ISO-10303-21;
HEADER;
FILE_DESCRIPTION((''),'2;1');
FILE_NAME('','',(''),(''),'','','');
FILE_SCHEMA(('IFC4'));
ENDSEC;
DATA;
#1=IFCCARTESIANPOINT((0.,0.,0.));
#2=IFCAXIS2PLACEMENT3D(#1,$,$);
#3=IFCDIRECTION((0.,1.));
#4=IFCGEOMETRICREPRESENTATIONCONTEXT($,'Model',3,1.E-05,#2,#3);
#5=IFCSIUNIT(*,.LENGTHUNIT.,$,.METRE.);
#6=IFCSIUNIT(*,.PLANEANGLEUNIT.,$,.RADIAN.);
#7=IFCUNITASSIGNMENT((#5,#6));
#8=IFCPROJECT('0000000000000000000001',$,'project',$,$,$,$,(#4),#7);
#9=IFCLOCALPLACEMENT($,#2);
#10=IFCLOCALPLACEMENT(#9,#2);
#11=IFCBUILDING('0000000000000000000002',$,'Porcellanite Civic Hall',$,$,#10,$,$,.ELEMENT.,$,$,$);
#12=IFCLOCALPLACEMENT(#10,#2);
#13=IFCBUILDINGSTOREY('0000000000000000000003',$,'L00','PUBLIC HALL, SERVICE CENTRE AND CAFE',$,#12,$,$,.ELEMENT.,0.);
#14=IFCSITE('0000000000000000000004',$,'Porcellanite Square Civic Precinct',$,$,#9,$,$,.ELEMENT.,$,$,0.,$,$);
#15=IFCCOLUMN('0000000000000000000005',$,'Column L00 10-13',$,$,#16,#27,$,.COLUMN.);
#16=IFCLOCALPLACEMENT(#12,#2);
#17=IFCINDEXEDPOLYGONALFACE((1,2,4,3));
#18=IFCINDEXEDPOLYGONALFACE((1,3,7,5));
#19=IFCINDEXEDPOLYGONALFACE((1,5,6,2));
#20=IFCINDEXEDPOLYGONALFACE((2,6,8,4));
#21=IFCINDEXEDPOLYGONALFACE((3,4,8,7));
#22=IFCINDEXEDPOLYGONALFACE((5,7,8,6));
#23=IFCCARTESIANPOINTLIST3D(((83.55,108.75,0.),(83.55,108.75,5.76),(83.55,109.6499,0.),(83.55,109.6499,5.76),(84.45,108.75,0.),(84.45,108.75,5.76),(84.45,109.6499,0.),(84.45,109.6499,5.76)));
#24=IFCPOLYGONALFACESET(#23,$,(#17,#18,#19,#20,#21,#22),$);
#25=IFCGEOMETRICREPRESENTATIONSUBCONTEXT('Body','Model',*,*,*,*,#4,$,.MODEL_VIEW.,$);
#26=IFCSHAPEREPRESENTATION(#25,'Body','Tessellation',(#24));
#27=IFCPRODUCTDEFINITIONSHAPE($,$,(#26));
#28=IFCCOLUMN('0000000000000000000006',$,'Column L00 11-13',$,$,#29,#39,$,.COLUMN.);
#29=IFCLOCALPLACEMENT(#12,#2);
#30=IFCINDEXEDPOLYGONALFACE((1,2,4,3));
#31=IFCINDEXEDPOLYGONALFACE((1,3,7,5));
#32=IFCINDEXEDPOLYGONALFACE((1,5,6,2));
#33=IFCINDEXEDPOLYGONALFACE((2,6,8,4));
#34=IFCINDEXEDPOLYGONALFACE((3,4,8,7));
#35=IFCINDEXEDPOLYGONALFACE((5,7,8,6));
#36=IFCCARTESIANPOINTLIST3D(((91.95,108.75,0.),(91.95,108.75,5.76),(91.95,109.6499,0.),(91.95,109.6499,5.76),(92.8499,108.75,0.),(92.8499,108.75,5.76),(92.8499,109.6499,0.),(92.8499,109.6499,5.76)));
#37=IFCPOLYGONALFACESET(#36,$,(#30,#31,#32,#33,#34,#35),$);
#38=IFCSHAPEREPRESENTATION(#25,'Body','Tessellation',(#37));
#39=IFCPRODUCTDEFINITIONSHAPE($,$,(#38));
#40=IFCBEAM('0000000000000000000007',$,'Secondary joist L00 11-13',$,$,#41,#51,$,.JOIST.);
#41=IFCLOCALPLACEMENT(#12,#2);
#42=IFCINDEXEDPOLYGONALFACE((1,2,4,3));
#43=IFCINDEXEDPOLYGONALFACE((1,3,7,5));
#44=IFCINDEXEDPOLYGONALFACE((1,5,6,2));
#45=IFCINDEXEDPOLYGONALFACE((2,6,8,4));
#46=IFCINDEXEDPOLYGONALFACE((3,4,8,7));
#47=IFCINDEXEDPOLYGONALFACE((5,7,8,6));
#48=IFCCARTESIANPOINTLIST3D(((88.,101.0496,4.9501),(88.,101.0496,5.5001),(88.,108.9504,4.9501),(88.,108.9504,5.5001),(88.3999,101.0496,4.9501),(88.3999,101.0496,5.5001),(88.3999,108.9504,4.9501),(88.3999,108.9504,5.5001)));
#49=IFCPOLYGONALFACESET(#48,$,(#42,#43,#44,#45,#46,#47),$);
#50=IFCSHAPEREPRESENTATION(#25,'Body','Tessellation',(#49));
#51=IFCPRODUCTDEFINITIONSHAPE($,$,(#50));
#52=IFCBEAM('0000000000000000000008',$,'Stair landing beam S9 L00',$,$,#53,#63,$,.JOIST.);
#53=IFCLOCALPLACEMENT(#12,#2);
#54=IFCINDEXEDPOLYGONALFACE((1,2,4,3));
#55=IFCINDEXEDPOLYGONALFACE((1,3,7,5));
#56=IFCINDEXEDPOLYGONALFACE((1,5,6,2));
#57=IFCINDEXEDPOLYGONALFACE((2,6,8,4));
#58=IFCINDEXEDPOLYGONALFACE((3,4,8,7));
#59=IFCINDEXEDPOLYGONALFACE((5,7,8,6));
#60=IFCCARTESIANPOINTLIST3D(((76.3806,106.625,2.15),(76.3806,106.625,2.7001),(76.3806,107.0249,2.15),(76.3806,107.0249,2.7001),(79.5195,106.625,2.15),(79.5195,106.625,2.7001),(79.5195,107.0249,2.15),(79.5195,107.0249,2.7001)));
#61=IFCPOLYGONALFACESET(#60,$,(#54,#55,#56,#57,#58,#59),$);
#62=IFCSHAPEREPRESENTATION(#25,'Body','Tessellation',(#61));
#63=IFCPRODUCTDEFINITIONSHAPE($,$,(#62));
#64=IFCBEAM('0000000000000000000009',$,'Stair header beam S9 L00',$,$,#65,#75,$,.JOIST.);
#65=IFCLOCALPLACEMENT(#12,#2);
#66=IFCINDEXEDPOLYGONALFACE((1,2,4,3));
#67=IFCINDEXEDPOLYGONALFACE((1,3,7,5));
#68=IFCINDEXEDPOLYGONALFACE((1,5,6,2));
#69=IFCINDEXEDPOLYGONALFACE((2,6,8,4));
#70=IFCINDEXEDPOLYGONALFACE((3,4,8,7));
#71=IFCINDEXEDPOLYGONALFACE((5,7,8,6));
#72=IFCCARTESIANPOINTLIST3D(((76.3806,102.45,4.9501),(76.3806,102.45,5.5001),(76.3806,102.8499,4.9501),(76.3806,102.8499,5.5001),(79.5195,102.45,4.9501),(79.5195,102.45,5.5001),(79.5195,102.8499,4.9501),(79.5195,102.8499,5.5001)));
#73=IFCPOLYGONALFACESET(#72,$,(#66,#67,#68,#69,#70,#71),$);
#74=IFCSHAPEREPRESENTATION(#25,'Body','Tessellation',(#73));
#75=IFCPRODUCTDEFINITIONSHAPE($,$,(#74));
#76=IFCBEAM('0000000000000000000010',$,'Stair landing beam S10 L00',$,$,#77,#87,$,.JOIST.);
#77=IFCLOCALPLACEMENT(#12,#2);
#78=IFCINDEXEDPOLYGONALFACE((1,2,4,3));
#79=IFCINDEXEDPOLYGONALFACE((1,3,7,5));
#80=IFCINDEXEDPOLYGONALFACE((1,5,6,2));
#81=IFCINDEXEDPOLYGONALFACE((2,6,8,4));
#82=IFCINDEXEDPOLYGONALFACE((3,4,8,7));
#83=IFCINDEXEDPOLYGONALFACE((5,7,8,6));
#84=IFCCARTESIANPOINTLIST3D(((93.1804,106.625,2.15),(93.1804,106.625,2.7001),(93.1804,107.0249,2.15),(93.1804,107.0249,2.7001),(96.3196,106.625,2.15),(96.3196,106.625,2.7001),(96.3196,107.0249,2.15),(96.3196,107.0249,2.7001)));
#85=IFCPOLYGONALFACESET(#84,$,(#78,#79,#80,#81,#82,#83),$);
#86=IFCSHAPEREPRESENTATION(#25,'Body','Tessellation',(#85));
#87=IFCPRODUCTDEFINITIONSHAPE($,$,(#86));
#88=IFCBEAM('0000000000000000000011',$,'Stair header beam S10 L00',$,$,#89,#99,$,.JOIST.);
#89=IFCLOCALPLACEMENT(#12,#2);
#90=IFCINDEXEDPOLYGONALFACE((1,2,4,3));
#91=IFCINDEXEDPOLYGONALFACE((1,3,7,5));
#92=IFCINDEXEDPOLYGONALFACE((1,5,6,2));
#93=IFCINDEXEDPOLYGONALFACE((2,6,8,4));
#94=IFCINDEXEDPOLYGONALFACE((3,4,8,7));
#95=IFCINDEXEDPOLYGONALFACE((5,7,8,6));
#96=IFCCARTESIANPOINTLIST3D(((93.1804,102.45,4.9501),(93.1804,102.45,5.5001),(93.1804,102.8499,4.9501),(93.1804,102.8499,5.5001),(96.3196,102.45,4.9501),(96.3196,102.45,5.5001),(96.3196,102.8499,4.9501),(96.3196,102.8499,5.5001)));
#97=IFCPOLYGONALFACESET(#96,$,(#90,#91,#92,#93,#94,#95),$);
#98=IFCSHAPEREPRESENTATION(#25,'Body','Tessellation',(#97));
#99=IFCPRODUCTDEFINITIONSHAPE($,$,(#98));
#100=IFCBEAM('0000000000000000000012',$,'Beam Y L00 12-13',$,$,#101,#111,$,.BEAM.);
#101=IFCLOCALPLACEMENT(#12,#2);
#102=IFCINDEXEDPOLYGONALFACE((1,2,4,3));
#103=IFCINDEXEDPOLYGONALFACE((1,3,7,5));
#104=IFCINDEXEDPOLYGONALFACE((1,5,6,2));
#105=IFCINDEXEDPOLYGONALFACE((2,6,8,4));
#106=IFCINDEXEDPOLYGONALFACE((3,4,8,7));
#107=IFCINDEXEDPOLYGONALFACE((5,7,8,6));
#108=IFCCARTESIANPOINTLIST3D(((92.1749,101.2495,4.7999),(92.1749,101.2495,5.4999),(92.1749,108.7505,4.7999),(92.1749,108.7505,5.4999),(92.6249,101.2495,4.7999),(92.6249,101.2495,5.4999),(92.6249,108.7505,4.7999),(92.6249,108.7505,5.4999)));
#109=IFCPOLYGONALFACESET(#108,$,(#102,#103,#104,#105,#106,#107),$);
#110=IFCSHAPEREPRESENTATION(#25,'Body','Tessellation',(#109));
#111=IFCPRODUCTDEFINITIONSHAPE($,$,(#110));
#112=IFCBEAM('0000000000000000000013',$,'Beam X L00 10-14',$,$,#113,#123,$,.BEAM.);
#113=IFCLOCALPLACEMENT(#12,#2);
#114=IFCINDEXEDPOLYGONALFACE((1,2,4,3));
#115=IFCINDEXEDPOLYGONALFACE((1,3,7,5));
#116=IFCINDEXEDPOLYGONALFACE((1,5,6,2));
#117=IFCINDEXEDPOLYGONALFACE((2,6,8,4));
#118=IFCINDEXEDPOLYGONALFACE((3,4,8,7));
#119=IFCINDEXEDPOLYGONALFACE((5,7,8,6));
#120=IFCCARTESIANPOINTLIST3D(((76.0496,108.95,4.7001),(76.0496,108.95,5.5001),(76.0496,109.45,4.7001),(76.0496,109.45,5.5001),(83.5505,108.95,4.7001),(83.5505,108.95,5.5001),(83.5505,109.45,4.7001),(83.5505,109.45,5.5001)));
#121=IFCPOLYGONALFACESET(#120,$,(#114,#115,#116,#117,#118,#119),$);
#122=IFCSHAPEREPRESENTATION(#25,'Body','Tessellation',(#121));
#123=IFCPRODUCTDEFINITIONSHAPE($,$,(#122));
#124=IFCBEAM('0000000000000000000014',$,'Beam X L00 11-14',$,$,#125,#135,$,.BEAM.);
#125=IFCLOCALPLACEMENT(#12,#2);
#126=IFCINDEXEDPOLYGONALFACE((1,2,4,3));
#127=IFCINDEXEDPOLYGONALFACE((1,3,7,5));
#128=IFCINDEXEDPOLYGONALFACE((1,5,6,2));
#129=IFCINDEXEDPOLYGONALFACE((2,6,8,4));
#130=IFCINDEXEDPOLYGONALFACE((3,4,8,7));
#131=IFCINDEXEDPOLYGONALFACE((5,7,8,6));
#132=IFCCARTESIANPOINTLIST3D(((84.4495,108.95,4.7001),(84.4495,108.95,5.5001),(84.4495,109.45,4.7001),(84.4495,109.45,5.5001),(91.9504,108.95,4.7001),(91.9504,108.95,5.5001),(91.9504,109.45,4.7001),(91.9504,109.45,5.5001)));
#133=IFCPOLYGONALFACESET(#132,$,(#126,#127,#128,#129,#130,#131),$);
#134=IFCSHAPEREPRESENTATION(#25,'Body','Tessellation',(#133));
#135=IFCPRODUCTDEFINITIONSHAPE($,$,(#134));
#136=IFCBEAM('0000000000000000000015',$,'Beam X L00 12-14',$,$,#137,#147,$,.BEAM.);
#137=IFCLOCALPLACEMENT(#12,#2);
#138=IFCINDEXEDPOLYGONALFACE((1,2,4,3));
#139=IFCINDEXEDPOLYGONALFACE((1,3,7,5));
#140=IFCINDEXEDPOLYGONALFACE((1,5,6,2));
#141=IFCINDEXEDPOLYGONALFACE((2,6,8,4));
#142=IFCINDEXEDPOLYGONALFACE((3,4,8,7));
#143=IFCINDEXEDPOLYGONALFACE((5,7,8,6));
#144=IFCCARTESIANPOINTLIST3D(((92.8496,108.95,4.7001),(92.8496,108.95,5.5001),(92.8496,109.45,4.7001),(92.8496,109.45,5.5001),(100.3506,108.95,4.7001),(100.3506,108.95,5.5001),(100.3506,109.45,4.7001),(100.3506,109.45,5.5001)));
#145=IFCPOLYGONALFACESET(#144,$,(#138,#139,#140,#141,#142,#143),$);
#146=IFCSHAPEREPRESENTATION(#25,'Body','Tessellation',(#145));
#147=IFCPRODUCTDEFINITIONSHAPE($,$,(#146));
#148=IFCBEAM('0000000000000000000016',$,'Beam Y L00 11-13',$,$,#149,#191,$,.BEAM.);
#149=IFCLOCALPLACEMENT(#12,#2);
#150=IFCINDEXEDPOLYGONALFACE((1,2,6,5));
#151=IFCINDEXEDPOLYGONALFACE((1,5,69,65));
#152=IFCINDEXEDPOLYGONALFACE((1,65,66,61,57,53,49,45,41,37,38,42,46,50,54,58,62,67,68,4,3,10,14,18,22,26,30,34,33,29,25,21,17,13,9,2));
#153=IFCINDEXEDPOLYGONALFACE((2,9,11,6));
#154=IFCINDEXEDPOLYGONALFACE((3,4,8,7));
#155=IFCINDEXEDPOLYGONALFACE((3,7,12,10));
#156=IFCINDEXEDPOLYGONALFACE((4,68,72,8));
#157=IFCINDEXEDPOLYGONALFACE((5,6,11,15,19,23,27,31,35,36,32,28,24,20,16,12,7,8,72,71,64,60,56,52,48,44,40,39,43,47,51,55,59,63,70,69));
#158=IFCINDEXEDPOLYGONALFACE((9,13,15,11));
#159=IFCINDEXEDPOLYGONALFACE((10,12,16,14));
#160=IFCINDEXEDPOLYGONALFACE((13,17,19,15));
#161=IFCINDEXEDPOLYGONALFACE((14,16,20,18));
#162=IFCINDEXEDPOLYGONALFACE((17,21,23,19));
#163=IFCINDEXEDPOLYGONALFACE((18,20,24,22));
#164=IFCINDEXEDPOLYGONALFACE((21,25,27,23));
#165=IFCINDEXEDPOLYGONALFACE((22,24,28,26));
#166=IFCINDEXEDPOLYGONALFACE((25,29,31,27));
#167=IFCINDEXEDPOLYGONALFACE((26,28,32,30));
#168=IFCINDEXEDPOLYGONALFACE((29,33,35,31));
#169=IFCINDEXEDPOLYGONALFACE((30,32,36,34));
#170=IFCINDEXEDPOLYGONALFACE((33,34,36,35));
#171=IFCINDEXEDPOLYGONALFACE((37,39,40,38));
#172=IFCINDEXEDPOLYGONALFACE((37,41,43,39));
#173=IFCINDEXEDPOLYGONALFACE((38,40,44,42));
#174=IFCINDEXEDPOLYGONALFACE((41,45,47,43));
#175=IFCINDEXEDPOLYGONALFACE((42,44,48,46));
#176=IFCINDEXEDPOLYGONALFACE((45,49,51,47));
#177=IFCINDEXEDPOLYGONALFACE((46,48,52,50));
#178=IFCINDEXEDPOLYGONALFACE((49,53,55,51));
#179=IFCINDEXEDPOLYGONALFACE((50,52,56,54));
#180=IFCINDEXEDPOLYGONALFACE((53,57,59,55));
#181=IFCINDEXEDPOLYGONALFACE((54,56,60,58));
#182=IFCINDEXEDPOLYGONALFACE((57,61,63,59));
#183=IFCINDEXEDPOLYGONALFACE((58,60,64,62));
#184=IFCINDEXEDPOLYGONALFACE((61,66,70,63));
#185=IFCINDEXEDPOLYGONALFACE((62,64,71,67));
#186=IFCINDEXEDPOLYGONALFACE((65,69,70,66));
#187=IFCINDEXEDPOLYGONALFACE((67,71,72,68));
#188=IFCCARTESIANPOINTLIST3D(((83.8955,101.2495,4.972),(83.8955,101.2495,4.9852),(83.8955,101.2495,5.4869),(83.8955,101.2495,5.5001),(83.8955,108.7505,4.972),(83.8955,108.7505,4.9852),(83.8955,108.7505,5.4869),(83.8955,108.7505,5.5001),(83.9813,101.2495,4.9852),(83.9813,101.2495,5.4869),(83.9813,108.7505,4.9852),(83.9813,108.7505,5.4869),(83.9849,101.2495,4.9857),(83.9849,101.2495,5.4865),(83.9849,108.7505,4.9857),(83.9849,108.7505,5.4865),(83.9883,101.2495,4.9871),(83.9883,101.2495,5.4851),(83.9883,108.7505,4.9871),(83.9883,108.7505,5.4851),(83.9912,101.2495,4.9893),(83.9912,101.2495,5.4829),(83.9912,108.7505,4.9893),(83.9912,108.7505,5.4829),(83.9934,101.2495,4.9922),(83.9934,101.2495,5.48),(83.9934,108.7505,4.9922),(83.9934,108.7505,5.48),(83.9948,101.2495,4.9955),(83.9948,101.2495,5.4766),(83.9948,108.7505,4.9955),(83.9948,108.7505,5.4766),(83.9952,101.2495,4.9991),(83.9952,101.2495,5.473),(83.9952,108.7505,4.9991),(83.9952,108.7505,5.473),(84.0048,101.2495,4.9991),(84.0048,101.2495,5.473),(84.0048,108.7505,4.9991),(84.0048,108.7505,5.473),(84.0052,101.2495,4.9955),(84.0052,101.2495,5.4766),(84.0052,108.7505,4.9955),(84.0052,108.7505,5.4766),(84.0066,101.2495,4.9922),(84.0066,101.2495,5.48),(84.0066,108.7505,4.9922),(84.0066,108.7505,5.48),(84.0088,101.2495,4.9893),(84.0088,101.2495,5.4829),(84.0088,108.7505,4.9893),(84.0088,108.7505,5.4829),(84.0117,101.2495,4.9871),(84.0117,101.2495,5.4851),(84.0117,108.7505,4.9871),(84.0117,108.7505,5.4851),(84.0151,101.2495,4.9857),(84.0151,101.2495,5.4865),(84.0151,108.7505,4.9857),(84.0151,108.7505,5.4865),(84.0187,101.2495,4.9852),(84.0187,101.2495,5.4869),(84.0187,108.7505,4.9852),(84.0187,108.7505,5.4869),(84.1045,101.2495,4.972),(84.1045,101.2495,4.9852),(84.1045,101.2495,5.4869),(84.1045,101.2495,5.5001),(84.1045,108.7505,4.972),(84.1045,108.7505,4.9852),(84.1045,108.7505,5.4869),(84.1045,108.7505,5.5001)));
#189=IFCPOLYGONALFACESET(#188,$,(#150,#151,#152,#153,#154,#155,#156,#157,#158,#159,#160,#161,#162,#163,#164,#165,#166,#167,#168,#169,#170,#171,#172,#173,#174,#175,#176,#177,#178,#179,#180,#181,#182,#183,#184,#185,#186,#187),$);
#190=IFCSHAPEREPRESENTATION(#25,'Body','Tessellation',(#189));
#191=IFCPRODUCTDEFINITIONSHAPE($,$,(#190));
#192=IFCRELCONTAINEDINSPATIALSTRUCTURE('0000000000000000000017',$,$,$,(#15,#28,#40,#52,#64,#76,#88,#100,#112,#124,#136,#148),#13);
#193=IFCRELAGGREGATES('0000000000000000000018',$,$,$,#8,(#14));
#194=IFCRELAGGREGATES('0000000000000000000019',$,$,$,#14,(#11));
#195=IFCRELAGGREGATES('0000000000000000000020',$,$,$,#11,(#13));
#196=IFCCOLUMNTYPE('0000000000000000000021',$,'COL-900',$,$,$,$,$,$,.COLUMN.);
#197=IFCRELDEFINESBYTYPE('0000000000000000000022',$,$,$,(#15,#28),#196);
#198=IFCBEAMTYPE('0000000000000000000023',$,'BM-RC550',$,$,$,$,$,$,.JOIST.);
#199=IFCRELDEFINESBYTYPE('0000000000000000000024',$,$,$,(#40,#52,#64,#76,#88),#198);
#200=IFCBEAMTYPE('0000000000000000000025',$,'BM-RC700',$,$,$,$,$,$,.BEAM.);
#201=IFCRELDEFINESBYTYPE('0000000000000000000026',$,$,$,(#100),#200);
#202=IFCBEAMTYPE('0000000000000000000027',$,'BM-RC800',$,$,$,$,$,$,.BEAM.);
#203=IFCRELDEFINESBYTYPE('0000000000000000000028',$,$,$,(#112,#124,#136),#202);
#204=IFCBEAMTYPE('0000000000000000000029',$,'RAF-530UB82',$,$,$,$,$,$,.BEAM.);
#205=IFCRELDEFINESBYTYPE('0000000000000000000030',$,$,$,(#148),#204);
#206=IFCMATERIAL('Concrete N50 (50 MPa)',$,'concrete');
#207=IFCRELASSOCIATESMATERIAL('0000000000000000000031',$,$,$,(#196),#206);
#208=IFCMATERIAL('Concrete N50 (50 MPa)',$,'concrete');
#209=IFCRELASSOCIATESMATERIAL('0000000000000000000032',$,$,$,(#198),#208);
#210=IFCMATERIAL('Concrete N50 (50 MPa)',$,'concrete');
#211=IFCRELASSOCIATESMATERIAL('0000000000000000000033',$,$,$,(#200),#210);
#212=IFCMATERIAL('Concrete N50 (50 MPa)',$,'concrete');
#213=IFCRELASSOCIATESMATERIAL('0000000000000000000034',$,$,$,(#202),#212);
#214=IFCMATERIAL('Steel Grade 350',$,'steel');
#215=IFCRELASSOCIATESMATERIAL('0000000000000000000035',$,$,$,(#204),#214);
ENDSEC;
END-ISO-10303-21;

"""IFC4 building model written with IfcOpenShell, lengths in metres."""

from ifc_helpers import new_model, si_unit, direction, frame, origin, origin_2d, place, context, subcontext, project, spatial, rectangle, i_section, extrude, material, material_profile, profile_set, type_object, element, save


model = new_model("IFC4")

# Units and contexts
model_context = context("Model", 3, precision=1e-05, world=origin(), true_north=direction((0.0, 1.0)))
body_context = subcontext(model_context, "Body", "Model", "MODEL_VIEW")
ifc_project = project(units=[si_unit("LENGTHUNIT", "METRE"), si_unit("PLANEANGLEUNIT", "RADIAN")], contexts=[model_context])

# Site, building, storey
site_placement = place(None, origin())
site = spatial("IfcSite", under=ifc_project, at=site_placement, Name="Porcellanite Square Civic Precinct", CompositionType="ELEMENT", RefElevation=0.0)
building_placement = place(site_placement, origin())
building = spatial("IfcBuilding", under=site, at=building_placement, Name="Porcellanite Civic Hall", CompositionType="ELEMENT")
storey_placement = place(building_placement, origin())
storey = spatial("IfcBuildingStorey", under=building, at=storey_placement, Name="L00", Description="PUBLIC HALL, SERVICE CENTRE AND CAFE", CompositionType="ELEMENT", Elevation=0.0)

# Columns
ifc_material_1 = material(Name="Concrete N50 (50 MPa)", Category="concrete")
ifc_material_profile_1 = material_profile(ifc_material_1, rectangle(XDim=0.8999, YDim=0.8999, at=origin_2d()), Name="RC-900x900")
ifc_profile_set_1 = profile_set([ifc_material_profile_1], Name="Concrete N50 (50 MPa)")
column_type = type_object("IfcColumnType", Name="COL-900", PredefinedType="COLUMN", material=ifc_profile_set_1)
for number, where, z_axis, x_axis, name in (
    (1, (84.0, 109.2, 0.0), (0.0, 0.0, 1.0), (1.0, 0.0, 0.0), "Column L00 10-13"),
    (2, (92.3999, 109.2, 0.0), (0.0, 0.0, 1.0), (1.0, 0.0, 0.0), "Column L00 11-13"),
):
    element("IfcColumn", number, at=place(storey_placement, frame(where, z_axis=z_axis, x_axis=x_axis)), inside=storey, type_object=column_type, Name=name, PredefinedType="COLUMN", context=body_context, shape_type="SweptSolid", body=[
        extrude(rectangle(XDim=0.8999, YDim=0.8999, at=origin_2d()), origin(), (0.0, 0.0, 1.0), 5.76),
    ])

# Beams
ifc_material_2 = material(Name="Concrete N50 (50 MPa)", Category="concrete")
ifc_material_profile_2 = material_profile(ifc_material_2, rectangle(XDim=0.3999, YDim=0.55, at=origin_2d()), Name="RC-400x550")
ifc_profile_set_2 = profile_set([ifc_material_profile_2], Name="Concrete N50 (50 MPa)")
beam_type_1 = type_object("IfcBeamType", Name="BM-RC550", PredefinedType="JOIST", material=ifc_profile_set_2)
beam_1_placement = place(storey_placement, frame((88.2, 101.0496, 5.2251), z_axis=(0.0, 1.0, 0.0), x_axis=(-1.0, 0.0, 0.0)))
element("IfcBeam", 3, at=beam_1_placement, inside=storey, type_object=beam_type_1, Name="Secondary joist L00 11-13", PredefinedType="JOIST", context=body_context, shape_type="SweptSolid", body=[
    extrude(rectangle(XDim=0.3999, YDim=0.55, at=origin_2d()), origin(), (0.0, 0.0, 1.0), 7.9009),
])
for number, where, z_axis, x_axis, name in (
    (4, (76.3806, 106.825, 2.425), (1.0, 0.0, 0.0), (0.0, 1.0, 0.0), "Stair landing beam S9 L00"),
    (5, (76.3806, 102.6499, 5.2251), (1.0, 0.0, 0.0), (0.0, 1.0, 0.0), "Stair header beam S9 L00"),
):
    element("IfcBeam", number, at=place(storey_placement, frame(where, z_axis=z_axis, x_axis=x_axis)), inside=storey, type_object=beam_type_1, Name=name, PredefinedType="JOIST", context=body_context, shape_type="SweptSolid", body=[
        extrude(rectangle(XDim=0.3999, YDim=0.55, at=origin_2d()), origin(), (0.0, 0.0, 1.0), 3.1389),
    ])
for number, where, z_axis, x_axis, name in (
    (6, (93.1804, 106.825, 2.425), (1.0, 0.0, 0.0), (0.0, 1.0, 0.0), "Stair landing beam S10 L00"),
    (7, (93.1804, 102.6499, 5.2251), (1.0, 0.0, 0.0), (0.0, 1.0, 0.0), "Stair header beam S10 L00"),
):
    element("IfcBeam", number, at=place(storey_placement, frame(where, z_axis=z_axis, x_axis=x_axis)), inside=storey, type_object=beam_type_1, Name=name, PredefinedType="JOIST", context=body_context, shape_type="SweptSolid", body=[
        extrude(rectangle(XDim=0.3999, YDim=0.55, at=origin_2d()), origin(), (0.0, 0.0, 1.0), 3.1392),
    ])
ifc_material_3 = material(Name="Concrete N50 (50 MPa)", Category="concrete")
ifc_material_profile_3 = material_profile(ifc_material_3, rectangle(XDim=0.45, YDim=0.7, at=origin_2d()), Name="RC-450x700")
ifc_profile_set_3 = profile_set([ifc_material_profile_3], Name="Concrete N50 (50 MPa)")
beam_type_2 = type_object("IfcBeamType", Name="BM-RC700", PredefinedType="BEAM", material=ifc_profile_set_3)
beam_2_placement = place(storey_placement, frame((92.3999, 101.2495, 5.1499), z_axis=(0.0, 1.0, 0.0), x_axis=(-1.0, 0.0, 0.0)))
element("IfcBeam", 8, at=beam_2_placement, inside=storey, type_object=beam_type_2, Name="Beam Y L00 12-13", PredefinedType="BEAM", context=body_context, shape_type="SweptSolid", body=[
    extrude(rectangle(XDim=0.45, YDim=0.7, at=origin_2d()), origin(), (0.0, 0.0, 1.0), 7.501),
])
ifc_material_4 = material(Name="Concrete N50 (50 MPa)", Category="concrete")
ifc_material_profile_4 = material_profile(ifc_material_4, rectangle(XDim=0.5, YDim=0.8, at=origin_2d()), Name="RC-500x800")
ifc_profile_set_4 = profile_set([ifc_material_profile_4], Name="Concrete N50 (50 MPa)")
beam_type_3 = type_object("IfcBeamType", Name="BM-RC800", PredefinedType="BEAM", material=ifc_profile_set_4)
for number, where, z_axis, x_axis, name in (
    (9, (76.0496, 109.2, 5.1001), (1.0, 0.0, 0.0), (0.0, 1.0, 0.0), "Beam X L00 10-14"),
    (10, (84.4495, 109.2, 5.1001), (1.0, 0.0, 0.0), (0.0, 1.0, 0.0), "Beam X L00 11-14"),
    (11, (92.8496, 109.2, 5.1001), (1.0, 0.0, 0.0), (0.0, 1.0, 0.0), "Beam X L00 12-14"),
):
    element("IfcBeam", number, at=place(storey_placement, frame(where, z_axis=z_axis, x_axis=x_axis)), inside=storey, type_object=beam_type_3, Name=name, PredefinedType="BEAM", context=body_context, shape_type="SweptSolid", body=[
        extrude(rectangle(XDim=0.5, YDim=0.8, at=origin_2d()), origin(), (0.0, 0.0, 1.0), 7.501),
    ])
ifc_material_5 = material(Name="Steel Grade 350", Category="steel")
ifc_material_profile_5 = material_profile(ifc_material_5, i_section(OverallWidth=0.209, OverallDepth=0.5281, WebThickness=0.0095, FlangeThickness=0.0132, FilletRadius=0.0139, at=origin_2d()), Name="530UB82.0")
ifc_profile_set_5 = profile_set([ifc_material_profile_5], Name="Steel Grade 350")
beam_type_4 = type_object("IfcBeamType", Name="RAF-530UB82", PredefinedType="BEAM", material=ifc_profile_set_5)
beam_3_placement = place(storey_placement, frame((84.0, 101.2495, 5.2361), z_axis=(0.0, 1.0, 0.0), x_axis=(-1.0, 0.0, 0.0)))
element("IfcBeam", 12, at=beam_3_placement, inside=storey, type_object=beam_type_4, Name="Beam Y L00 11-13", PredefinedType="BEAM", context=body_context, shape_type="SweptSolid", body=[
    extrude(i_section(OverallWidth=0.209, OverallDepth=0.5281, WebThickness=0.0095, FlangeThickness=0.0132, FilletRadius=0.0139, at=origin_2d()), origin(), (0.0, 0.0, 1.0), 7.501),
])

save(model, "model.ifc")
